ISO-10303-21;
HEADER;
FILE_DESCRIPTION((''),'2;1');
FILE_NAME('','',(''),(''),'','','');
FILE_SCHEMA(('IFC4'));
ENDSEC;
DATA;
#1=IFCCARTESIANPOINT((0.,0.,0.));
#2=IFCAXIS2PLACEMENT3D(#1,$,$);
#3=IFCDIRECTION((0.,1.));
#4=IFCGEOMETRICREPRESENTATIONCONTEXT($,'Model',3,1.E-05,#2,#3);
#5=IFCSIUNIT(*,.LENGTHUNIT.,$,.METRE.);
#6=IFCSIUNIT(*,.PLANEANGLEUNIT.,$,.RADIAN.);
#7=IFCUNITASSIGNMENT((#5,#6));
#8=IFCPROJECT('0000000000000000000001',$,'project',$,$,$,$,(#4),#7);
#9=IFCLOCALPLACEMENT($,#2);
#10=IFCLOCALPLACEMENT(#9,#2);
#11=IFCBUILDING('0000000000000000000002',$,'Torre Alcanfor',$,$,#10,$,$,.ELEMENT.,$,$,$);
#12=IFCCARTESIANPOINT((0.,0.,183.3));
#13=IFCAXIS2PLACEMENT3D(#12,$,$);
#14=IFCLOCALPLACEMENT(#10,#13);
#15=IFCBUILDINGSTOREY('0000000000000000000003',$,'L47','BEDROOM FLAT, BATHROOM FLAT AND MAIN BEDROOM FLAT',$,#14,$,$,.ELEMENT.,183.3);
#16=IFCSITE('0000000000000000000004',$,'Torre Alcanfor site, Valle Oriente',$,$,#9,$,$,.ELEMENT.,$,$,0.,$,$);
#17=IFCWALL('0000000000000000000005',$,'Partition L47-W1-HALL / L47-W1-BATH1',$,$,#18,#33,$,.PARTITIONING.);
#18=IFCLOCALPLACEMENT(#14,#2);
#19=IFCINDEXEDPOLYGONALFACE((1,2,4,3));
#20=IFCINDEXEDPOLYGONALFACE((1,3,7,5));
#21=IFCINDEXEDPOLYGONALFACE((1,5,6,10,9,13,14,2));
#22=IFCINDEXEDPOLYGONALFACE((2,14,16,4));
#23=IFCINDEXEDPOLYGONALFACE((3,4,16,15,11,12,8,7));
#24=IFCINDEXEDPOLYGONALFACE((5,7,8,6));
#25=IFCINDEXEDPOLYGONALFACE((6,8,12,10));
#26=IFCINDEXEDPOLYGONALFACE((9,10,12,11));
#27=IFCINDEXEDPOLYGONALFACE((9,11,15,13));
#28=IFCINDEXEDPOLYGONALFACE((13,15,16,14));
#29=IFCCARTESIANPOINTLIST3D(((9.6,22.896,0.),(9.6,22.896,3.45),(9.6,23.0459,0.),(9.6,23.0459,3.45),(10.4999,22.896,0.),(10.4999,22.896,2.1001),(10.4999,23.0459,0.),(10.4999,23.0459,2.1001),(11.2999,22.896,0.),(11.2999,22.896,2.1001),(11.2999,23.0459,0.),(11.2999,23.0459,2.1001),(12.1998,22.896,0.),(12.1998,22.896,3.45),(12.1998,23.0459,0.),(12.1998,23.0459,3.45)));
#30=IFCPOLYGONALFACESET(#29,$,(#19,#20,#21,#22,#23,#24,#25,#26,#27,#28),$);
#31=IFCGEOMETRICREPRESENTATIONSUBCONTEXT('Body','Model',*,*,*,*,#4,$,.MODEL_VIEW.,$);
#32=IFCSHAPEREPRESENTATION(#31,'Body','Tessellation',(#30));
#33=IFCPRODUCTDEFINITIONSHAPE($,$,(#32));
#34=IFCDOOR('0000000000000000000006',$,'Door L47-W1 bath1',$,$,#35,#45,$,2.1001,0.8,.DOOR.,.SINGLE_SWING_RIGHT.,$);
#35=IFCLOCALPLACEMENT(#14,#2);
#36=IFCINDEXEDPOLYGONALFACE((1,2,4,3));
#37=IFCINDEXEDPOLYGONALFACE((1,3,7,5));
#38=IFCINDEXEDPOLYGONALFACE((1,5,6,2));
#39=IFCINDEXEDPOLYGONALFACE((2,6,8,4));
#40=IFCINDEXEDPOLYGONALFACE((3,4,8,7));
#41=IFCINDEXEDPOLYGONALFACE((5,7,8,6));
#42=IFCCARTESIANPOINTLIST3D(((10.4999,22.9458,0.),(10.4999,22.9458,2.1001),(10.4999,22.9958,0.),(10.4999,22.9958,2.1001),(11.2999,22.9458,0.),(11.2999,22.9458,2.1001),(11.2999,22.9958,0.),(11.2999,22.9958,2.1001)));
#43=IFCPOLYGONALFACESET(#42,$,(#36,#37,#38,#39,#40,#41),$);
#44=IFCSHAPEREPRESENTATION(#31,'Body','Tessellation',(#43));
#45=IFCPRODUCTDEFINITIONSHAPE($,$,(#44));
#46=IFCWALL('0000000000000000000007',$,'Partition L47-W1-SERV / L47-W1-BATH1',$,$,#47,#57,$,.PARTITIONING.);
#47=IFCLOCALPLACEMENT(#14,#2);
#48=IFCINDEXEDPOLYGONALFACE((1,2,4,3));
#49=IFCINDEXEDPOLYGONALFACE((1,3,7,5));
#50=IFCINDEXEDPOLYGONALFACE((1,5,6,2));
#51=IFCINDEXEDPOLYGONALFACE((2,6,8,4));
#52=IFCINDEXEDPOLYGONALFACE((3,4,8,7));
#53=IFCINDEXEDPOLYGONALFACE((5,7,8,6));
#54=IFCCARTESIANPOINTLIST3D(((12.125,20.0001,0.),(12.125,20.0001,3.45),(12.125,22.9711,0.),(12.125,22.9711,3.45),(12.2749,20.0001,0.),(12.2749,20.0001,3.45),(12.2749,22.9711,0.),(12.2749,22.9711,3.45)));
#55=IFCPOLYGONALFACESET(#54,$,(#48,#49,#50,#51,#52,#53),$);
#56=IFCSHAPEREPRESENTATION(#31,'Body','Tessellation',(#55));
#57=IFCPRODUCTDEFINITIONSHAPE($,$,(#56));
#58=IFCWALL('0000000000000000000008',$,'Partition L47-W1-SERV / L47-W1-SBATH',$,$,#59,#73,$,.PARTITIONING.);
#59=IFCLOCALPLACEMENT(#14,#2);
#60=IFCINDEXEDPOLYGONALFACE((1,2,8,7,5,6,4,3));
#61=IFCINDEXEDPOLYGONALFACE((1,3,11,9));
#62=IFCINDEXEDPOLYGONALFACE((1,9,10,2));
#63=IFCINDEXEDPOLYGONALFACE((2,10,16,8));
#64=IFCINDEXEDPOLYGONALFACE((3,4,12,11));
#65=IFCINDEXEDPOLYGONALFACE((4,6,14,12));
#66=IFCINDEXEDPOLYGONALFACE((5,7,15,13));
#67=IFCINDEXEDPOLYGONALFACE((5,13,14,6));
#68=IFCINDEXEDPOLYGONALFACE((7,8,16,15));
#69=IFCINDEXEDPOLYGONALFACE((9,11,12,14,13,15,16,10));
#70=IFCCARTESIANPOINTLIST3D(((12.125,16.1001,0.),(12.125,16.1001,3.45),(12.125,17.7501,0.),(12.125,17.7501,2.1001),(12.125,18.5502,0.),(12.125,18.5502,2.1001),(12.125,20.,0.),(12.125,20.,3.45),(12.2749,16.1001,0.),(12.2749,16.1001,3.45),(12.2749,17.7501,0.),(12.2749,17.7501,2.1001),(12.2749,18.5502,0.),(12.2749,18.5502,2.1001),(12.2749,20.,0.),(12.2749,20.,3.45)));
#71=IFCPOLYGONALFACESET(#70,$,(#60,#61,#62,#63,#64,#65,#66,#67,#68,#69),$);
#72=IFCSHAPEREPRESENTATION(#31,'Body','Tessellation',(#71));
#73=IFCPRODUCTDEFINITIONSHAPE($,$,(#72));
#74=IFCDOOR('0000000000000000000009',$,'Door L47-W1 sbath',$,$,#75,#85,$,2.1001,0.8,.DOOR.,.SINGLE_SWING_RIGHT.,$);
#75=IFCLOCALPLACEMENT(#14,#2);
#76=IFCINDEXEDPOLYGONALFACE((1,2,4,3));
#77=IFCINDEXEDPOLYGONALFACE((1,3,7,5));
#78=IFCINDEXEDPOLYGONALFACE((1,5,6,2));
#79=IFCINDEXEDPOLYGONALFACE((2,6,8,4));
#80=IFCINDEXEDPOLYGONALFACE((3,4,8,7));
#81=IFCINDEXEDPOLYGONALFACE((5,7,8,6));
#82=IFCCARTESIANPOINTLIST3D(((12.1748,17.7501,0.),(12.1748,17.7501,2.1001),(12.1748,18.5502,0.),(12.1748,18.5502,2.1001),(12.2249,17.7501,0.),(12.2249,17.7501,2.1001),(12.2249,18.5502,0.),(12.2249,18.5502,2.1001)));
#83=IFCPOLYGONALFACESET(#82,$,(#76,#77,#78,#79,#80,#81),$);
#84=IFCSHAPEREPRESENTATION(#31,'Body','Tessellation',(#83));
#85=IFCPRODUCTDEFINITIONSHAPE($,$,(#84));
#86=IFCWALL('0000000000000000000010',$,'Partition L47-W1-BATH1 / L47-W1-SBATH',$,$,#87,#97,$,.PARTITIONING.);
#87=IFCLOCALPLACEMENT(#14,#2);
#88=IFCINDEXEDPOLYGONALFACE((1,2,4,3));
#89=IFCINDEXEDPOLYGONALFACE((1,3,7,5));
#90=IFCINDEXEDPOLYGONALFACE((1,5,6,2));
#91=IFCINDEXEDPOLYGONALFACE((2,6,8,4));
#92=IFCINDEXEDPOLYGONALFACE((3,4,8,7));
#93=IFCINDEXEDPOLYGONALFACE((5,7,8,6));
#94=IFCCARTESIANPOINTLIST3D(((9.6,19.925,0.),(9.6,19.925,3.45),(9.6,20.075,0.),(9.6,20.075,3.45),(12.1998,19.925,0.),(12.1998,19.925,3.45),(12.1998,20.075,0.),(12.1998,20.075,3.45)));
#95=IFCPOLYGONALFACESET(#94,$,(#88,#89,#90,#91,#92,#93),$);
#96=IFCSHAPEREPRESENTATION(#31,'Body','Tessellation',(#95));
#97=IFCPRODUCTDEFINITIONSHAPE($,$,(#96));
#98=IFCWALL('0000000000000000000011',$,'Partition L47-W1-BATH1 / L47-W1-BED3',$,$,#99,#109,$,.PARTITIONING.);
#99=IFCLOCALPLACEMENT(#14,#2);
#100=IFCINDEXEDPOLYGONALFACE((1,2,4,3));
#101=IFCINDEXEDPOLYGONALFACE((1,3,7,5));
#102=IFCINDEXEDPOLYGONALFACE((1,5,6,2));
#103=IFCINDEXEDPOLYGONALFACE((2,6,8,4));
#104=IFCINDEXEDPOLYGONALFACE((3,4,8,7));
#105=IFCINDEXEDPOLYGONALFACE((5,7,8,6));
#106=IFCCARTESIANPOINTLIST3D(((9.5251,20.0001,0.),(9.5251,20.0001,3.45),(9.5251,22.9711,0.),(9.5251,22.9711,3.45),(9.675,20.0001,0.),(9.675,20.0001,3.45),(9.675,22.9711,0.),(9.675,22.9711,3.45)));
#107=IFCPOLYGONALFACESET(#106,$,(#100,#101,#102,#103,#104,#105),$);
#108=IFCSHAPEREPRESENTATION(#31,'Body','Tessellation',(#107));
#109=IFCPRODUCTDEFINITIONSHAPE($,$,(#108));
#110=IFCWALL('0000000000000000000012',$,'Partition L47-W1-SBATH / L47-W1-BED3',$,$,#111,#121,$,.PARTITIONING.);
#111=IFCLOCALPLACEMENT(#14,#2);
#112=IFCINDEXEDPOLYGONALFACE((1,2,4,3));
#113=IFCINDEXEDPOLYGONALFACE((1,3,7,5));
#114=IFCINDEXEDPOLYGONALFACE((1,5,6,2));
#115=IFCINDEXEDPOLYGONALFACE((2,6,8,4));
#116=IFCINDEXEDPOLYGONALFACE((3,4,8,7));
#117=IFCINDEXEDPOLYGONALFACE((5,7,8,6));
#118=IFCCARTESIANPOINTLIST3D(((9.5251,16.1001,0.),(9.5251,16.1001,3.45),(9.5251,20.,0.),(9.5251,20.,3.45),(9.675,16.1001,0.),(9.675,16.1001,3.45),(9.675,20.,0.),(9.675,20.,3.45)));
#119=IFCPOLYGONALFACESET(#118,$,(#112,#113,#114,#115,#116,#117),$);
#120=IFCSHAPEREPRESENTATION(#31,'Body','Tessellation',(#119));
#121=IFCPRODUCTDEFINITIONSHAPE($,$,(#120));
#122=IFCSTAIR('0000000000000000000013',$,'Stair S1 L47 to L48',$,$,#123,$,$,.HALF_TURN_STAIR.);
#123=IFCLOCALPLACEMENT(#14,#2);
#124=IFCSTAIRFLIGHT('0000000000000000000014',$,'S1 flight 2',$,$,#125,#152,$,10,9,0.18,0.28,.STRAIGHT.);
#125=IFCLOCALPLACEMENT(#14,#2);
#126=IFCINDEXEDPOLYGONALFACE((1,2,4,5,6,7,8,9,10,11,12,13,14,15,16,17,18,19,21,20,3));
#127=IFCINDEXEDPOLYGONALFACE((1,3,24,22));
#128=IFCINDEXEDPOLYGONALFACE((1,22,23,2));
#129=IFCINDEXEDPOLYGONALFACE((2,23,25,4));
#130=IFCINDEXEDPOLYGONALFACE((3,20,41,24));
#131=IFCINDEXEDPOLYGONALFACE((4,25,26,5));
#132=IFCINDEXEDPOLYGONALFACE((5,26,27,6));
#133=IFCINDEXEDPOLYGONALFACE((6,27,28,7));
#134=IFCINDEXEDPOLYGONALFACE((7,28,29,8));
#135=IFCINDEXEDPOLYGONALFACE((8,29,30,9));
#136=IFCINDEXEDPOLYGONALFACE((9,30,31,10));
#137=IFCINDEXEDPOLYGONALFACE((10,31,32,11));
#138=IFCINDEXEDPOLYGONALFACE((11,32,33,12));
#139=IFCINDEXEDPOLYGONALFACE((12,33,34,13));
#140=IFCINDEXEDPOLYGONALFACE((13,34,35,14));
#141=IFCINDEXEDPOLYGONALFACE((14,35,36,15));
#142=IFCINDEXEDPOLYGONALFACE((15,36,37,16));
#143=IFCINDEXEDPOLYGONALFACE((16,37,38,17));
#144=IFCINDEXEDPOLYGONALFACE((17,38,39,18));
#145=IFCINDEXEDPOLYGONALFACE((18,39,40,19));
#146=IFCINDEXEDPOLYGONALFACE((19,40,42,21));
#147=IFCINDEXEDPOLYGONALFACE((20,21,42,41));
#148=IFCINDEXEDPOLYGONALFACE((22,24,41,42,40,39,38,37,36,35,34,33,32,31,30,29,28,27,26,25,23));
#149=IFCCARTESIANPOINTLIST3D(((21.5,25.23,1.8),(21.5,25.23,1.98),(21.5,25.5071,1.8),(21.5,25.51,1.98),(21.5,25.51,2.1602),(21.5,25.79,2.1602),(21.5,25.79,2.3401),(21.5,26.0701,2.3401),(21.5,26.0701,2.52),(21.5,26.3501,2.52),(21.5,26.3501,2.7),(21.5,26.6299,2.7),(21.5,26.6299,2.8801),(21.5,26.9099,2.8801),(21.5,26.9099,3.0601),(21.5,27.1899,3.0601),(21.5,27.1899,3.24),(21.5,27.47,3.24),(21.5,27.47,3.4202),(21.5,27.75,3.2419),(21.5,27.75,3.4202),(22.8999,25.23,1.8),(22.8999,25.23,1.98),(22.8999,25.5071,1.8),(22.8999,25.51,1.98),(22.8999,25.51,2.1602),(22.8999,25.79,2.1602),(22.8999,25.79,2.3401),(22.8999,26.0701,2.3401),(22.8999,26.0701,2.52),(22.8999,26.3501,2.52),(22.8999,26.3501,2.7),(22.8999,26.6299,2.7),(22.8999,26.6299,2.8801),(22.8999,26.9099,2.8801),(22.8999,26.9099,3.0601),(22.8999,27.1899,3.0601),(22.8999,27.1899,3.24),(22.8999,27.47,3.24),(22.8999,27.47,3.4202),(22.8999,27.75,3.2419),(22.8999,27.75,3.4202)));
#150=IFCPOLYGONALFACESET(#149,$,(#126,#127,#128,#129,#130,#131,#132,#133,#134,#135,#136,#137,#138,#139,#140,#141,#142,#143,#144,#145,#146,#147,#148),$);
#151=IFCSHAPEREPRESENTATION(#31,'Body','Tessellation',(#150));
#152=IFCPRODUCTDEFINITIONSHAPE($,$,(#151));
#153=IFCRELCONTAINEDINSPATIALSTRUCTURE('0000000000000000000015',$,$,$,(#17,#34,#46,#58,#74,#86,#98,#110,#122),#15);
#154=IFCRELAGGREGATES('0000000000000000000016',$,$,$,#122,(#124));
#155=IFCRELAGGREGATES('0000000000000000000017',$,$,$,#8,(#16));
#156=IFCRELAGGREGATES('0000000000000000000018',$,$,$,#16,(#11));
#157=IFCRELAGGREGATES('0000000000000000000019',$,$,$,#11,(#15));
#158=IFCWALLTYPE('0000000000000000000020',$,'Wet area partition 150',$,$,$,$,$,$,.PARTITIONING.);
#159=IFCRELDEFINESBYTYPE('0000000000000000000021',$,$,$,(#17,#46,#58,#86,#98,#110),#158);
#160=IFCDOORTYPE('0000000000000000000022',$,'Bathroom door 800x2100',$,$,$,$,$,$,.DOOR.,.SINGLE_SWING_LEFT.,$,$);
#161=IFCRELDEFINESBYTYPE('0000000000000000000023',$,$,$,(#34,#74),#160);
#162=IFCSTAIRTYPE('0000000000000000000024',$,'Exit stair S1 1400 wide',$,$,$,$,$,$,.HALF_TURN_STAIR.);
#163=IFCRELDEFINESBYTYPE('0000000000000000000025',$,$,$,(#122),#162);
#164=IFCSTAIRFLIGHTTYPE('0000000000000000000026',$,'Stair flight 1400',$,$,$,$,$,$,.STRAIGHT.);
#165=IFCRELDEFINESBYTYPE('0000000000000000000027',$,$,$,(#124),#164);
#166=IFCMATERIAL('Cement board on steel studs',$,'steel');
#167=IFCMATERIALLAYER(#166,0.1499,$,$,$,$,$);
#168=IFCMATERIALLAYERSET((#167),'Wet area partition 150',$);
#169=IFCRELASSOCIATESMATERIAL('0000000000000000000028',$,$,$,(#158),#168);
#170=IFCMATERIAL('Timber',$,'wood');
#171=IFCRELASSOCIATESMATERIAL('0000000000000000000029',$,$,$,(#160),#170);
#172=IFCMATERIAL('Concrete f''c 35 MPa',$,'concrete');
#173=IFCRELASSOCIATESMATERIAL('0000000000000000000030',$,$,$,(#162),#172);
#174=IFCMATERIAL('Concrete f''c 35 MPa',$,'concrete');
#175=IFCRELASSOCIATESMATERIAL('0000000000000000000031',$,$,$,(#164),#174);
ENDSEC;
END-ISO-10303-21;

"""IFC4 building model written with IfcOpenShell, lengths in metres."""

from ifc_helpers import new_model, si_unit, direction, frame, frame_2d, origin, place, context, subcontext, project, spatial, polyline, rectangle, outline, extrude, material, layer, layer_set, type_object, element, fill, aggregate, save


model = new_model("IFC4")

# Units and contexts
model_context = context("Model", 3, precision=1e-05, world=origin(), true_north=direction((0.0, 1.0)))
body_context = subcontext(model_context, "Body", "Model", "MODEL_VIEW")
ifc_project = project(units=[si_unit("LENGTHUNIT", "METRE"), si_unit("PLANEANGLEUNIT", "RADIAN")], contexts=[model_context])

# Site, building, storey
site_placement = place(None, origin())
site = spatial("IfcSite", under=ifc_project, at=site_placement, Name="Torre Alcanfor site, Valle Oriente", CompositionType="ELEMENT", RefElevation=0.0)
building_placement = place(site_placement, origin())
building = spatial("IfcBuilding", under=site, at=building_placement, Name="Torre Alcanfor", CompositionType="ELEMENT")
storey_placement = place(building_placement, frame((0.0, 0.0, 183.3)))
storey = spatial("IfcBuildingStorey", under=building, at=storey_placement, Name="L47", Description="BEDROOM FLAT, BATHROOM FLAT AND MAIN BEDROOM FLAT", CompositionType="ELEMENT", Elevation=183.3)

# Wall, opening, door
ifc_material_1 = material(Name="Cement board on steel studs", Category="steel")
ifc_layer_1 = layer(ifc_material_1, 0.1499)
ifc_layer_set_1 = layer_set([ifc_layer_1], Name="Wet area partition 150")
wall_type_1 = type_object("IfcWallType", Name="Wet area partition 150", PredefinedType="PARTITIONING", material=ifc_layer_set_1)
wall_1_placement = place(storey_placement, frame((9.6001, 22.9709, 0.0), z_axis=(0.0, 0.0, 1.0), x_axis=(1.0, 0.0, 0.0)))
wall_1 = element("IfcWall", 1, at=wall_1_placement, inside=storey, type_object=wall_type_1, Name="Partition L47-W1-HALL / L47-W1-BATH1", PredefinedType="PARTITIONING", context=body_context, shape_type="SweptSolid", body=[
    extrude(rectangle(XDim=2.5999, YDim=0.1499, at=frame_2d((1.2998, 0.0))), origin(), (0.0, 0.0, 1.0), 3.45),
])
opening_1_placement = place(wall_1_placement, frame((0.8999, 0.0, 0.0)))
opening_1 = element("IfcOpeningElement", 2, at=opening_1_placement, cuts=wall_1, PredefinedType="OPENING", context=body_context, shape_type="SweptSolid", body=[
    extrude(rectangle(XDim=0.8, YDim=2.1001, at=frame_2d((0.3999, 1.05))), frame((0.0, 0.085, 0.0), z_axis=(0.0, -1.0, 0.0), x_axis=(1.0, 0.0, 0.0)), (0.0, 0.0, 1.0), 0.1699),
])
ifc_material_2 = material(Name="Timber", Category="wood")
door_type_1 = type_object("IfcDoorType", Name="Bathroom door 800x2100", OperationType="SINGLE_SWING_LEFT", PredefinedType="DOOR", material=ifc_material_2)
door_1_placement = place(opening_1_placement, frame((0.8, 0.0, 0.0), z_axis=(0.0, 0.0, 1.0), x_axis=(-1.0, 0.0, 0.0)))
door_1 = element("IfcDoor", 3, at=door_1_placement, inside=storey, type_object=door_type_1, Name="Door L47-W1 bath1", OperationType="SINGLE_SWING_RIGHT", OverallHeight=2.1001, OverallWidth=0.8, PredefinedType="DOOR", context=body_context, shape_type="SweptSolid", body=[
    extrude(rectangle(XDim=0.8, YDim=2.1001, at=frame_2d((0.4001, 1.05))), frame((0.0, 0.0251, 0.0), z_axis=(0.0, -1.0, 0.0), x_axis=(1.0, 0.0, 0.0)), (0.0, 0.0, 1.0), 0.05),
])
fill(opening_1, door_1)

# Wall
wall_2_placement = place(storey_placement, frame((12.2, 22.9709, 0.0), z_axis=(0.0, 0.0, 1.0), x_axis=(0.0, -1.0, 0.0)))
element("IfcWall", 4, at=wall_2_placement, inside=storey, type_object=wall_type_1, Name="Partition L47-W1-SERV / L47-W1-BATH1", PredefinedType="PARTITIONING", context=body_context, shape_type="SweptSolid", body=[
    extrude(rectangle(XDim=2.9709, YDim=0.1499, at=frame_2d((1.4854, 0.0))), origin(), (0.0, 0.0, 1.0), 3.45),
])

# Wall, opening, door
wall_3_placement = place(storey_placement, frame((12.2, 20.0, 0.0), z_axis=(0.0, 0.0, 1.0), x_axis=(0.0, -1.0, 0.0)))
wall_3 = element("IfcWall", 5, at=wall_3_placement, inside=storey, type_object=wall_type_1, Name="Partition L47-W1-SERV / L47-W1-SBATH", PredefinedType="PARTITIONING", context=body_context, shape_type="SweptSolid", body=[
    extrude(rectangle(XDim=3.8999, YDim=0.1499, at=frame_2d((1.95, 0.0))), origin(), (0.0, 0.0, 1.0), 3.45),
])
opening_2_placement = place(wall_3_placement, frame((1.45, 0.0, 0.0)))
opening_2 = element("IfcOpeningElement", 6, at=opening_2_placement, cuts=wall_3, PredefinedType="OPENING", context=body_context, shape_type="SweptSolid", body=[
    extrude(rectangle(XDim=0.8, YDim=2.1001, at=frame_2d((0.3999, 1.05))), frame((0.0, 0.085, 0.0), z_axis=(0.0, -1.0, 0.0), x_axis=(1.0, 0.0, 0.0)), (0.0, 0.0, 1.0), 0.1699),
])
door_2_placement = place(opening_2_placement, frame((0.8, 0.0, 0.0), z_axis=(0.0, 0.0, 1.0), x_axis=(-1.0, 0.0, 0.0)))
door_2 = element("IfcDoor", 7, at=door_2_placement, inside=storey, type_object=door_type_1, Name="Door L47-W1 sbath", OperationType="SINGLE_SWING_RIGHT", OverallHeight=2.1001, OverallWidth=0.8, PredefinedType="DOOR", context=body_context, shape_type="SweptSolid", body=[
    extrude(rectangle(XDim=0.8, YDim=2.1001, at=frame_2d((0.4001, 1.05))), frame((0.0, 0.0251, 0.0), z_axis=(0.0, -1.0, 0.0), x_axis=(1.0, 0.0, 0.0)), (0.0, 0.0, 1.0), 0.05),
])
fill(opening_2, door_2)

# Walls
wall_4_placement = place(storey_placement, frame((9.6001, 20.0, 0.0), z_axis=(0.0, 0.0, 1.0), x_axis=(1.0, 0.0, 0.0)))
element("IfcWall", 8, at=wall_4_placement, inside=storey, type_object=wall_type_1, Name="Partition L47-W1-BATH1 / L47-W1-SBATH", PredefinedType="PARTITIONING", context=body_context, shape_type="SweptSolid", body=[
    extrude(rectangle(XDim=2.5999, YDim=0.1499, at=frame_2d((1.2998, 0.0))), origin(), (0.0, 0.0, 1.0), 3.45),
])
wall_5_placement = place(storey_placement, frame((9.6001, 22.9709, 0.0), z_axis=(0.0, 0.0, 1.0), x_axis=(0.0, -1.0, 0.0)))
element("IfcWall", 9, at=wall_5_placement, inside=storey, type_object=wall_type_1, Name="Partition L47-W1-BATH1 / L47-W1-BED3", PredefinedType="PARTITIONING", context=body_context, shape_type="SweptSolid", body=[
    extrude(rectangle(XDim=2.9709, YDim=0.1499, at=frame_2d((1.4854, 0.0))), origin(), (0.0, 0.0, 1.0), 3.45),
])
wall_6_placement = place(storey_placement, frame((9.6001, 20.0, 0.0), z_axis=(0.0, 0.0, 1.0), x_axis=(0.0, -1.0, 0.0)))
element("IfcWall", 10, at=wall_6_placement, inside=storey, type_object=wall_type_1, Name="Partition L47-W1-SBATH / L47-W1-BED3", PredefinedType="PARTITIONING", context=body_context, shape_type="SweptSolid", body=[
    extrude(rectangle(XDim=3.8999, YDim=0.1499, at=frame_2d((1.95, 0.0))), origin(), (0.0, 0.0, 1.0), 3.45),
])

# Stair, stair flight
ifc_material_3 = material(Name="Concrete f'c 35 MPa", Category="concrete")
stair_type = type_object("IfcStairType", Name="Exit stair S1 1400 wide", PredefinedType="HALF_TURN_STAIR", material=ifc_material_3)
stair_placement = place(storey_placement, origin())
stair = element("IfcStair", 11, at=stair_placement, inside=storey, type_object=stair_type, Name="Stair S1 L47 to L48", PredefinedType="HALF_TURN_STAIR")
ifc_material_4 = material(Name="Concrete f'c 35 MPa", Category="concrete")
stair_flight_type = type_object("IfcStairFlightType", Name="Stair flight 1400", PredefinedType="STRAIGHT", material=ifc_material_4)
stair_flight_placement = place(storey_placement, frame((22.2, 25.23, 1.8), z_axis=(0.0, 0.0, 1.0), x_axis=(0.0, 1.0, 0.0)))
stair_flight = element("IfcStairFlight", 12, at=stair_flight_placement, type_object=stair_flight_type, Name="S1 flight 2", NumberOfRisers=10, NumberOfTreads=9, PredefinedType="STRAIGHT", RiserHeight=0.18, TreadLength=0.28, context=body_context, shape_type="SweptSolid", body=[
    extrude(outline(polyline([(0.0, 0.0), (0.0, 0.1799), (0.28, 0.1799), (0.28, 0.3601), (0.5601, 0.3601), (0.5601, 0.54), (0.8401, 0.54), (0.8401, 0.72), (1.1201, 0.72), (1.1201, 0.8999), (1.3999, 0.8999), (1.3999, 1.0801), (1.6799, 1.0801), (1.6799, 1.26), (1.96, 1.26), (1.96, 1.4399), (2.24, 1.4399), (2.24, 1.6201), (2.52, 1.6201), (2.52, 1.8), (2.52, 1.4419), (0.2771, 0.0), (0.0, 0.0)])), frame((0.0, 0.7, 0.0), z_axis=(0.0, -1.0, 0.0), x_axis=(1.0, 0.0, 0.0)), (0.0, 0.0, 1.0), 1.3999),
])
aggregate(stair, [stair_flight])

save(model, "model.ifc")
